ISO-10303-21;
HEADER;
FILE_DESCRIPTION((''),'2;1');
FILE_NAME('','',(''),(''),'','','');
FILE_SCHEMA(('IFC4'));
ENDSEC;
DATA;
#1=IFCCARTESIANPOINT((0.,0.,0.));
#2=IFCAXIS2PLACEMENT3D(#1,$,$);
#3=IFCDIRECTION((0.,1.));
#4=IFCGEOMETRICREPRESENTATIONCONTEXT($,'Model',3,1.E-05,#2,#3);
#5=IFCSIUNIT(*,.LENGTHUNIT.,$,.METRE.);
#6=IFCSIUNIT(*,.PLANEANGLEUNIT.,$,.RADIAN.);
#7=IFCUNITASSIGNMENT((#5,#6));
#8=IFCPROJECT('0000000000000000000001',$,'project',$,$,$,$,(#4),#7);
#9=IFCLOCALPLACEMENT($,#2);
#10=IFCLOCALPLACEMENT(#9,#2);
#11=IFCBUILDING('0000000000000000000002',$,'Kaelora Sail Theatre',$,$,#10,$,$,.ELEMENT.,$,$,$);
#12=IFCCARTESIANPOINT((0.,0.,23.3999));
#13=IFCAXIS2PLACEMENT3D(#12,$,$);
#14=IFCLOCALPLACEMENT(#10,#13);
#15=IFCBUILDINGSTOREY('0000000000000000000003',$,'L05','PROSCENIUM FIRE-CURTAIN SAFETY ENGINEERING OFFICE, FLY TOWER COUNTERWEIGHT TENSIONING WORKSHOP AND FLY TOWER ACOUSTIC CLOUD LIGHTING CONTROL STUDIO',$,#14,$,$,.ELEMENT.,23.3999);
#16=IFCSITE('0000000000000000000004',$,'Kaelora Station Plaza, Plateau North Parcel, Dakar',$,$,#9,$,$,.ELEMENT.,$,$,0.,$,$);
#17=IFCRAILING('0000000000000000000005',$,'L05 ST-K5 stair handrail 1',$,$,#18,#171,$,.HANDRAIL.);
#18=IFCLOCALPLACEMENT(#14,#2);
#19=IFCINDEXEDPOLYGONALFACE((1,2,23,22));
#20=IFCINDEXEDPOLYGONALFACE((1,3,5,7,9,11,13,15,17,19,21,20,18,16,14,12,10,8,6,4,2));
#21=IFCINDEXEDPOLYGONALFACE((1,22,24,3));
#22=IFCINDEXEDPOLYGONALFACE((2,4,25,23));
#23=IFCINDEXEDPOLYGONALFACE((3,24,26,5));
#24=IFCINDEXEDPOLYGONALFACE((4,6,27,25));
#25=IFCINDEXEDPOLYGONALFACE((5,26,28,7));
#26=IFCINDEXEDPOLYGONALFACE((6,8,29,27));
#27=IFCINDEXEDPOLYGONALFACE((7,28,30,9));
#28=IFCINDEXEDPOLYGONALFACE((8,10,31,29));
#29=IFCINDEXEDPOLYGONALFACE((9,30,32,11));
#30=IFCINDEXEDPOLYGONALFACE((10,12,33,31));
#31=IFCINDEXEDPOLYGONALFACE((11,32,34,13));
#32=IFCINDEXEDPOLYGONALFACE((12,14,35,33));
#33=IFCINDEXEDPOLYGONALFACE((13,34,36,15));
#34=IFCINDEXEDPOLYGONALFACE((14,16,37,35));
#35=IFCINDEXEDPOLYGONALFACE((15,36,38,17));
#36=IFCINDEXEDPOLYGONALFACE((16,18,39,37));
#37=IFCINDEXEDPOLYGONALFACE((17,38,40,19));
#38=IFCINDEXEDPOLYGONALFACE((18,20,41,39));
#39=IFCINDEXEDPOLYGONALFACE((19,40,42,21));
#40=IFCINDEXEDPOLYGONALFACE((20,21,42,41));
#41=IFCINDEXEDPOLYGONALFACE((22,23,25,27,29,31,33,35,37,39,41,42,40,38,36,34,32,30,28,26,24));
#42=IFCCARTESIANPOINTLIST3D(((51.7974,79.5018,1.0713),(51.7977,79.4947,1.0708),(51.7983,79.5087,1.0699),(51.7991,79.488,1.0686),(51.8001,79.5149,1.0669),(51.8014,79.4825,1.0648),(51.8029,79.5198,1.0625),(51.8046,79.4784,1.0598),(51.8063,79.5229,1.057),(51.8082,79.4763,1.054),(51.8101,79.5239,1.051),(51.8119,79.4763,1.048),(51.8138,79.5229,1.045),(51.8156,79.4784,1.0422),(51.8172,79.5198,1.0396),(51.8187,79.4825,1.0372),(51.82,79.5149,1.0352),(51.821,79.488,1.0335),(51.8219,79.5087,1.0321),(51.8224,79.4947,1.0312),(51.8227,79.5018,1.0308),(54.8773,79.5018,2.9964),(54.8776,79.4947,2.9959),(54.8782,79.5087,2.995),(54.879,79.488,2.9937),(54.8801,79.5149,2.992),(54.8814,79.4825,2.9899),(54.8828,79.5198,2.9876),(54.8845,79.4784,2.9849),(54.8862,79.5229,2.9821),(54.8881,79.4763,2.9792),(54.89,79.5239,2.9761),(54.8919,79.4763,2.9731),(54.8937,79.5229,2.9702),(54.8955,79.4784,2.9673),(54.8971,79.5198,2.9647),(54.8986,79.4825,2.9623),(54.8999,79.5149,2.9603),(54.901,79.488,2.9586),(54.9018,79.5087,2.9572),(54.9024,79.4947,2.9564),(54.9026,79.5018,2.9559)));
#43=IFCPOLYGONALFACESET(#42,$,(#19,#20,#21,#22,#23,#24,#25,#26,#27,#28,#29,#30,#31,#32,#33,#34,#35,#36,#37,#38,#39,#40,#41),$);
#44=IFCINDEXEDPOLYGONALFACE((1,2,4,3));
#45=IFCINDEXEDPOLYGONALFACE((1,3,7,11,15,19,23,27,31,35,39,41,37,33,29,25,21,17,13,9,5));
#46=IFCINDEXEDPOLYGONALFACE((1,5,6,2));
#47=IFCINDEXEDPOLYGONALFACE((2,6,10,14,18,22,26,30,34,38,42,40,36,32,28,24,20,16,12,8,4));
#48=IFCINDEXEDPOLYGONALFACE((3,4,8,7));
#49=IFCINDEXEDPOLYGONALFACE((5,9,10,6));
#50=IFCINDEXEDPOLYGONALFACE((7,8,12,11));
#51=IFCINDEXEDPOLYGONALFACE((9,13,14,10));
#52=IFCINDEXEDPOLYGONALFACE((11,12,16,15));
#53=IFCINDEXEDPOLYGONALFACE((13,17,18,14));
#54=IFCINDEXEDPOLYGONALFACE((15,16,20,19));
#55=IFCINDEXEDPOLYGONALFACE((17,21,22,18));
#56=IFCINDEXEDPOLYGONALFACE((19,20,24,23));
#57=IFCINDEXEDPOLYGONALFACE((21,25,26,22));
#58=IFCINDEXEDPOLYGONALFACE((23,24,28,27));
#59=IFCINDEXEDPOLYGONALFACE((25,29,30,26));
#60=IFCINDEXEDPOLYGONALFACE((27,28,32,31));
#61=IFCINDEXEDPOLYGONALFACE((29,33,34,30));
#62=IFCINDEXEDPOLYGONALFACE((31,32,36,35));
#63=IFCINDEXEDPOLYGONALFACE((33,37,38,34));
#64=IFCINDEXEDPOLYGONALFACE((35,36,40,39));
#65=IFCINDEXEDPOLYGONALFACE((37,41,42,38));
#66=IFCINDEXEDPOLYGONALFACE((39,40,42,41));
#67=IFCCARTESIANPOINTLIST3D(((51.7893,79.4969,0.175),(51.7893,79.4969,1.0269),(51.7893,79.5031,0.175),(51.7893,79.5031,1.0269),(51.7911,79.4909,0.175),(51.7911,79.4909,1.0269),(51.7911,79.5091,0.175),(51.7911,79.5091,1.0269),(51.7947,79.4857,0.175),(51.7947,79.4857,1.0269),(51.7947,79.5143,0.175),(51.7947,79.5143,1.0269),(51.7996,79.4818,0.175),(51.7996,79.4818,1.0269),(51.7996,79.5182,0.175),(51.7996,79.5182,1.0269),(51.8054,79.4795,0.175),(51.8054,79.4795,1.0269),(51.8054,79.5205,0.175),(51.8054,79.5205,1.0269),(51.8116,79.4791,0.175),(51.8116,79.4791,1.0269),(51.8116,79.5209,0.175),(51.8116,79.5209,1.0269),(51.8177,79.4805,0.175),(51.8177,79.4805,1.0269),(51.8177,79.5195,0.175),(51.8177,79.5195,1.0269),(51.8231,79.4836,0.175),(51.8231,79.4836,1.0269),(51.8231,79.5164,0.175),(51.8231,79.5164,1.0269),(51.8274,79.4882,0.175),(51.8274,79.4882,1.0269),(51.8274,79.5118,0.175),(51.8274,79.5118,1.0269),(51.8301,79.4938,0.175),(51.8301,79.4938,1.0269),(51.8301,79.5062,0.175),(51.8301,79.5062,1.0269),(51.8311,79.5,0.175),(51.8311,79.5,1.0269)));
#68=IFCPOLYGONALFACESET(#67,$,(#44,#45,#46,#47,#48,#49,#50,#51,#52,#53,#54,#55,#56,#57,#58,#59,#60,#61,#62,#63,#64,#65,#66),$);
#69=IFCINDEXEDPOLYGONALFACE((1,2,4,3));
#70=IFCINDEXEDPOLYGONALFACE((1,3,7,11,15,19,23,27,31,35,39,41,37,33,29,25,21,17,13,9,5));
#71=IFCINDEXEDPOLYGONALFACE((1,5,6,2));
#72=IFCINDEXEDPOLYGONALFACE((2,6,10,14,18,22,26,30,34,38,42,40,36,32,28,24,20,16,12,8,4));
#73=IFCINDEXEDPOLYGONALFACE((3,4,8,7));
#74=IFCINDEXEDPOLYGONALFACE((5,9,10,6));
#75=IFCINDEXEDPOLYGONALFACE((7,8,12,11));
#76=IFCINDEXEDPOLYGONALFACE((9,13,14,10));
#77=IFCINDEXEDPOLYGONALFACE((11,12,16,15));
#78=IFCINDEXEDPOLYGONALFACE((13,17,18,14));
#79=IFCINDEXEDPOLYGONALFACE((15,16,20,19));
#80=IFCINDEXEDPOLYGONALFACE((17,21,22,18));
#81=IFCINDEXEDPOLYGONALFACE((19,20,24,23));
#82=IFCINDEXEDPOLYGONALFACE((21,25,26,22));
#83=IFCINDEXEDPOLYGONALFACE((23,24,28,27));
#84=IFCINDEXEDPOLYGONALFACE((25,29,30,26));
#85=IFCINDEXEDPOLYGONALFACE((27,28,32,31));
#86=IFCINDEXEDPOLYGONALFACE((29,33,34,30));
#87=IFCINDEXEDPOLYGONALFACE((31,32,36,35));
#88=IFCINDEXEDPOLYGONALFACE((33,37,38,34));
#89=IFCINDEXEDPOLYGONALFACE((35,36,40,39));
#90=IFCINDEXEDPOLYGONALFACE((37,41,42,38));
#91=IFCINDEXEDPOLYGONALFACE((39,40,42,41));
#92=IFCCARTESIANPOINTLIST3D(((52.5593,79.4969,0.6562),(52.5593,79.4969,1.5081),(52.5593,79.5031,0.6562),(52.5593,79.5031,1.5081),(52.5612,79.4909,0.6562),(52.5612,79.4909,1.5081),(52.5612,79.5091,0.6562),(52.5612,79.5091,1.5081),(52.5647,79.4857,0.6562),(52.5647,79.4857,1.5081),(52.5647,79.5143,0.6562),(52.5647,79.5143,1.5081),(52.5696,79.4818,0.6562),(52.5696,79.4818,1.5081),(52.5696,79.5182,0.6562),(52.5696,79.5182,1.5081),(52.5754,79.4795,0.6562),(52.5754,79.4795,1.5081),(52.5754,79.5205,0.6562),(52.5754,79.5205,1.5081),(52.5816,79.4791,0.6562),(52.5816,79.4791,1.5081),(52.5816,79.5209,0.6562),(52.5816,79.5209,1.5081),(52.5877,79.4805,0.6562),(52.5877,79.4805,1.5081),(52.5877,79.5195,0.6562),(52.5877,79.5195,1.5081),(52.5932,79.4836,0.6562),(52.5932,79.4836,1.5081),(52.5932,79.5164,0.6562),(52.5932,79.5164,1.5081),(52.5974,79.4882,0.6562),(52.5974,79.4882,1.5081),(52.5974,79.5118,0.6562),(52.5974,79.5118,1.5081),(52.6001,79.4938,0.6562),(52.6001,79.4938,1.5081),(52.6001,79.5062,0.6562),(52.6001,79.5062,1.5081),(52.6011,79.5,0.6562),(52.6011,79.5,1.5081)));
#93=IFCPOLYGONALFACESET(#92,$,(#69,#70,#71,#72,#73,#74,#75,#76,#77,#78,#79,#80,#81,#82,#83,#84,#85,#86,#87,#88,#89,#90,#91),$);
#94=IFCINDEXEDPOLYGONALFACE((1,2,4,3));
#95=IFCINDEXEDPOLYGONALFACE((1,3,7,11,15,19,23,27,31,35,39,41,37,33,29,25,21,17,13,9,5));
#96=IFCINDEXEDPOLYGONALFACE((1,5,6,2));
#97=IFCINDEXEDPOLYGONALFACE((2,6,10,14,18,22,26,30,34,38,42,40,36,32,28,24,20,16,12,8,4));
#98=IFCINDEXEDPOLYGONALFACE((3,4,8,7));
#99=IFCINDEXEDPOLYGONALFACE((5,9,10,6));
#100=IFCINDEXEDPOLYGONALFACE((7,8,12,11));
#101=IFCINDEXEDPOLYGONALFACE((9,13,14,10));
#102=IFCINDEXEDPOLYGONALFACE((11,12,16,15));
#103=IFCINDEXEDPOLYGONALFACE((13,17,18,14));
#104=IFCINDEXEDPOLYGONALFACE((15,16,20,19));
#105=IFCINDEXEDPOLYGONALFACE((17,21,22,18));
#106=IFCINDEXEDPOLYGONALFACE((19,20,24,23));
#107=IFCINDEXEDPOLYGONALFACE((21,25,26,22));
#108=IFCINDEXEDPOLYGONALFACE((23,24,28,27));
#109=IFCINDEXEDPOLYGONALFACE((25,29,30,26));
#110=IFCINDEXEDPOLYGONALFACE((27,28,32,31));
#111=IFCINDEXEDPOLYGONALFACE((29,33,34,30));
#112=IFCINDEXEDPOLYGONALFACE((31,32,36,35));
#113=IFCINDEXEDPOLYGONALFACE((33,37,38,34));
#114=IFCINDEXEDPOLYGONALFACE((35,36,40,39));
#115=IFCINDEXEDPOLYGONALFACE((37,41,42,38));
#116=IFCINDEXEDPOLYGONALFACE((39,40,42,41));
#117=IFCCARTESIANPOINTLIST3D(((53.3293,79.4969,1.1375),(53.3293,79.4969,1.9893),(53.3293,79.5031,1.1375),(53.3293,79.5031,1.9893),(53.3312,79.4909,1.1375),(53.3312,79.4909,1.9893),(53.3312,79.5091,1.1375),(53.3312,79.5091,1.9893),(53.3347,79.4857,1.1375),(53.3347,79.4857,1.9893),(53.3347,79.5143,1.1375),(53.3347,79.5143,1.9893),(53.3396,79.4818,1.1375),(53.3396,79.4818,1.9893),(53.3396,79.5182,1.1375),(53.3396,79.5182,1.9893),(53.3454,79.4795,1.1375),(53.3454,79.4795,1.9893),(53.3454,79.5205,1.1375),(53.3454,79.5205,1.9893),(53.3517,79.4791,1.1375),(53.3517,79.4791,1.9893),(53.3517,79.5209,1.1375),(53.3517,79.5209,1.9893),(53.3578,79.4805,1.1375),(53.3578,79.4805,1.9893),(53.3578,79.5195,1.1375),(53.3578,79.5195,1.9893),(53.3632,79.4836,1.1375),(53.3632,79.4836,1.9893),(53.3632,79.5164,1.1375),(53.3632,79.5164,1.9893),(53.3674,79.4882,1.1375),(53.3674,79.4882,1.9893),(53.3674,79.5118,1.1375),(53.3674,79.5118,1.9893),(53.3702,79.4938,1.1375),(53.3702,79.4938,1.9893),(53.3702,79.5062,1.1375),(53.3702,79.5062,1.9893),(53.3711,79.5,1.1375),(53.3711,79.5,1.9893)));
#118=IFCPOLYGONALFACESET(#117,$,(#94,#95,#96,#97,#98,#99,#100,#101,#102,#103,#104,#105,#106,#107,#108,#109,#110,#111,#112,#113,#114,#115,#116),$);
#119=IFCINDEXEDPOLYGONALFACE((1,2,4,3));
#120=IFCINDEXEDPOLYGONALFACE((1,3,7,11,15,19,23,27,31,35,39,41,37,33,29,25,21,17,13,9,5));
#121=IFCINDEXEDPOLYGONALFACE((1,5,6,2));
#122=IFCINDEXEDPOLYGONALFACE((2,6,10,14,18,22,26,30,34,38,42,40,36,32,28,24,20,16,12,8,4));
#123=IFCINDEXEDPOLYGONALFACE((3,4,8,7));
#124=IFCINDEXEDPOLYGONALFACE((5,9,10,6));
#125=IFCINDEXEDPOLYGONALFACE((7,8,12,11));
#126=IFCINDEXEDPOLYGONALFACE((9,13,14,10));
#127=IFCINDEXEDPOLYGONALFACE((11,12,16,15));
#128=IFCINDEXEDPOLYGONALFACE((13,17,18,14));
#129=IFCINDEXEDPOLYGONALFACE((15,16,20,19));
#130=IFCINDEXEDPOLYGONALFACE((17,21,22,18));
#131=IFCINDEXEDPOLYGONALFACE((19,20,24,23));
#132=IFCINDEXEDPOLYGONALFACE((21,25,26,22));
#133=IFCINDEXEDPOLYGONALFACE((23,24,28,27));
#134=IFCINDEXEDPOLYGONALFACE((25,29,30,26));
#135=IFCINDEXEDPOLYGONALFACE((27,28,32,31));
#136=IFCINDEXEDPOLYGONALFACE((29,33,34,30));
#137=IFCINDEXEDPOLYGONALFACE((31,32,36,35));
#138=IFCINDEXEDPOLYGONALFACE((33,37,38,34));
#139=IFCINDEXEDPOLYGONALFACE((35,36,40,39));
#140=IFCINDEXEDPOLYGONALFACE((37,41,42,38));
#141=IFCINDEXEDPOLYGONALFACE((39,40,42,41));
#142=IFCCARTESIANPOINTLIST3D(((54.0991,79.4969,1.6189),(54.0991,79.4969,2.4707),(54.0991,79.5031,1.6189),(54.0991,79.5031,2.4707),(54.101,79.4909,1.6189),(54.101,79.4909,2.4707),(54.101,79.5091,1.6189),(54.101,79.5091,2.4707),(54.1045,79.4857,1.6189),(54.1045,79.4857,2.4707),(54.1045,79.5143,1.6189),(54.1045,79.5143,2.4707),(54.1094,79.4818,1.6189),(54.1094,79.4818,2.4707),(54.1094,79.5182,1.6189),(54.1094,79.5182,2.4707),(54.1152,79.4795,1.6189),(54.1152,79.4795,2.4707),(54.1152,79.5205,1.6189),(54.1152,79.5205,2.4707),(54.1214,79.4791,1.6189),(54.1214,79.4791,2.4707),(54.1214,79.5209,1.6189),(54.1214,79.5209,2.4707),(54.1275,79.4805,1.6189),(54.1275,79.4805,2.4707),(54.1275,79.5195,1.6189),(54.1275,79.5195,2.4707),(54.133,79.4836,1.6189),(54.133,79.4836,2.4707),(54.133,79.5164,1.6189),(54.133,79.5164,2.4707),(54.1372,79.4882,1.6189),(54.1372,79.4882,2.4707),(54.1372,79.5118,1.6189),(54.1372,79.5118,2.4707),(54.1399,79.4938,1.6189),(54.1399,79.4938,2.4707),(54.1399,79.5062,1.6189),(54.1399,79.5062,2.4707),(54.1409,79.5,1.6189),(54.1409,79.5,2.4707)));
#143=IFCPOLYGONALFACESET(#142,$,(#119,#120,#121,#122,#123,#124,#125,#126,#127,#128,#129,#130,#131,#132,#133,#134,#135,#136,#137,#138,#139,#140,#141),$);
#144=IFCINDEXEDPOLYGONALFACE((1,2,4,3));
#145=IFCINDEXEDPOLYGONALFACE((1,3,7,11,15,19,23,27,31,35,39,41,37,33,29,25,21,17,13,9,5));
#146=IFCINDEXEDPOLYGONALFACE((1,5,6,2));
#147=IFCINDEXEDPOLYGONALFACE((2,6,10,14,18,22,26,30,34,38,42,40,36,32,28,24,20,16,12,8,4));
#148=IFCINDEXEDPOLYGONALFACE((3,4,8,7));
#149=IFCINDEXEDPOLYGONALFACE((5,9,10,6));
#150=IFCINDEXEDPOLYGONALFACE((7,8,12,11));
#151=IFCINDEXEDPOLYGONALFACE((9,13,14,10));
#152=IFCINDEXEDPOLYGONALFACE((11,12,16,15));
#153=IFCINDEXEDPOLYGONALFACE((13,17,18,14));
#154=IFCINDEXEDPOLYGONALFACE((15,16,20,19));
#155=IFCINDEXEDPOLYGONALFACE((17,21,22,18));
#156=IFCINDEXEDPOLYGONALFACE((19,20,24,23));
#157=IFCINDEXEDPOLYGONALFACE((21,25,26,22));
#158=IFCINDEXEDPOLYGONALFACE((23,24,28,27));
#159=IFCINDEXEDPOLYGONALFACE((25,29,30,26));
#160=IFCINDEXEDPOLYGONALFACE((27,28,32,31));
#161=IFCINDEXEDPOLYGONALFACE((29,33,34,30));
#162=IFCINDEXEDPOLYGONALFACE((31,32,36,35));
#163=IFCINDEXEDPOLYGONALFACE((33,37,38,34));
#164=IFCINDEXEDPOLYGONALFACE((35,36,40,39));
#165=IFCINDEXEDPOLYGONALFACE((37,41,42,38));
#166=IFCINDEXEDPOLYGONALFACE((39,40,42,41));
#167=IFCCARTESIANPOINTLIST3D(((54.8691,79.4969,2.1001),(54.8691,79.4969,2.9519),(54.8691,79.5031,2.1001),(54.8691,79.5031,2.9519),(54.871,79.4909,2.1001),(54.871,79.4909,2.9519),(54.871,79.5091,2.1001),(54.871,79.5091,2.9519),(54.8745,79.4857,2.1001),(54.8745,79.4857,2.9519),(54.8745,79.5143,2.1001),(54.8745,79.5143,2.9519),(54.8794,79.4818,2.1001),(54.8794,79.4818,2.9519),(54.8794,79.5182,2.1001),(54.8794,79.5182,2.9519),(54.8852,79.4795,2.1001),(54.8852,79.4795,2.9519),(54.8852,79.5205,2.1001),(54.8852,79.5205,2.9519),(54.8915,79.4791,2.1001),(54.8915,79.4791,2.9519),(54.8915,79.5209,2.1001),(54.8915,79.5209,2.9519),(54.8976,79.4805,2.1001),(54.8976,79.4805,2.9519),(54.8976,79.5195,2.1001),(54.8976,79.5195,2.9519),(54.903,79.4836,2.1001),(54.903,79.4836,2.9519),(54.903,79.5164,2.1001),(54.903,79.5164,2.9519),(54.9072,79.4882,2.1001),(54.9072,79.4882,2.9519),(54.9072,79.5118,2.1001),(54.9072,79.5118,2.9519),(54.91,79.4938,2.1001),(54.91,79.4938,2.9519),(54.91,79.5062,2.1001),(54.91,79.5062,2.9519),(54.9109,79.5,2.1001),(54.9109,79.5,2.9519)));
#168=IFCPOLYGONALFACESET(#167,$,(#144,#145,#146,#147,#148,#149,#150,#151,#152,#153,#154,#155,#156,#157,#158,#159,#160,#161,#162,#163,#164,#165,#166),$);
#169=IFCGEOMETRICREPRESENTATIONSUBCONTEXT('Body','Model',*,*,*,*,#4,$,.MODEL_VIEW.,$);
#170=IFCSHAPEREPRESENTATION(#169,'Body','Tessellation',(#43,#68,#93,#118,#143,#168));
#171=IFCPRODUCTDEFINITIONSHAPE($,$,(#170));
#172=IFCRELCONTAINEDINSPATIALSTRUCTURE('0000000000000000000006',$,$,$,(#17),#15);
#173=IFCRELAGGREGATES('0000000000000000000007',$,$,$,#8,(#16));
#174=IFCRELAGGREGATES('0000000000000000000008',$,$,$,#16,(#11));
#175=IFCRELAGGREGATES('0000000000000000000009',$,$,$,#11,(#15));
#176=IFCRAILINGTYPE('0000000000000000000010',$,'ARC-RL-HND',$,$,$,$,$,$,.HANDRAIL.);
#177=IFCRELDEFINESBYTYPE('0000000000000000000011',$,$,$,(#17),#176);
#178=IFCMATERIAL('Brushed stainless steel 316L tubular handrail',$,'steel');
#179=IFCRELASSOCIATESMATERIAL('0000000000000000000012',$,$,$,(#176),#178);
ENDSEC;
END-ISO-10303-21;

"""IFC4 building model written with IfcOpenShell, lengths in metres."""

from ifc_helpers import new_model, si_unit, direction, frame, origin, origin_2d, place, context, subcontext, project, spatial, circle, extrude, material, type_object, element, save


model = new_model("IFC4")

# Units and contexts
model_context = context("Model", 3, precision=1e-05, world=origin(), true_north=direction((0.0, 1.0)))
body_context = subcontext(model_context, "Body", "Model", "MODEL_VIEW")
ifc_project = project(units=[si_unit("LENGTHUNIT", "METRE"), si_unit("PLANEANGLEUNIT", "RADIAN")], contexts=[model_context])

# Site, building, storey
site_placement = place(None, origin())
site = spatial("IfcSite", under=ifc_project, at=site_placement, Name="Kaelora Station Plaza, Plateau North Parcel, Dakar", CompositionType="ELEMENT", RefElevation=0.0)
building_placement = place(site_placement, origin())
building = spatial("IfcBuilding", under=site, at=building_placement, Name="Kaelora Sail Theatre", CompositionType="ELEMENT")
storey_placement = place(building_placement, frame((0.0, 0.0, 23.3999)))
storey = spatial("IfcBuildingStorey", under=building, at=storey_placement, Name="L05", Description="PROSCENIUM FIRE-CURTAIN SAFETY ENGINEERING OFFICE, FLY TOWER COUNTERWEIGHT TENSIONING WORKSHOP AND FLY TOWER ACOUSTIC CLOUD LIGHTING CONTROL STUDIO", CompositionType="ELEMENT", Elevation=23.3999)

# Railing
ifc_material_1 = material(Name="Brushed stainless steel 316L tubular handrail", Category="steel")
railing_type_1 = type_object("IfcRailingType", Name="ARC-RL-HND", PredefinedType="HANDRAIL", material=ifc_material_1)
railing_1_placement = place(storey_placement, frame((51.8101, 79.5, 0.175)))
element("IfcRailing", 1, at=railing_1_placement, inside=storey, type_object=railing_type_1, Name="L05 ST-K5 stair handrail 1", PredefinedType="HANDRAIL", context=body_context, shape_type="SweptSolid", body=[
    extrude(circle(Radius=0.0239, at=origin_2d()), frame((0.0, 0.0, 0.876), z_axis=(0.847979, 0.0, 0.530029), x_axis=(0.0, 1.0, 0.0)), (0.0, 0.0, 1.0), 3.6321),
    extrude(circle(Radius=0.021, at=origin_2d()), origin(), (0.0, 0.0, 1.0), 0.8518),
    extrude(circle(Radius=0.021, at=origin_2d()), frame((0.77, 0.0, 0.4812)), (0.0, 0.0, 1.0), 0.8518),
    extrude(circle(Radius=0.021, at=origin_2d()), frame((1.54, 0.0, 0.9624)), (0.0, 0.0, 1.0), 0.8518),
    extrude(circle(Radius=0.021, at=origin_2d()), frame((2.3098, 0.0, 1.4438)), (0.0, 0.0, 1.0), 0.8518),
    extrude(circle(Radius=0.021, at=origin_2d()), frame((3.0798, 0.0, 1.925)), (0.0, 0.0, 1.0), 0.8518),
])

save(model, "model.ifc")
